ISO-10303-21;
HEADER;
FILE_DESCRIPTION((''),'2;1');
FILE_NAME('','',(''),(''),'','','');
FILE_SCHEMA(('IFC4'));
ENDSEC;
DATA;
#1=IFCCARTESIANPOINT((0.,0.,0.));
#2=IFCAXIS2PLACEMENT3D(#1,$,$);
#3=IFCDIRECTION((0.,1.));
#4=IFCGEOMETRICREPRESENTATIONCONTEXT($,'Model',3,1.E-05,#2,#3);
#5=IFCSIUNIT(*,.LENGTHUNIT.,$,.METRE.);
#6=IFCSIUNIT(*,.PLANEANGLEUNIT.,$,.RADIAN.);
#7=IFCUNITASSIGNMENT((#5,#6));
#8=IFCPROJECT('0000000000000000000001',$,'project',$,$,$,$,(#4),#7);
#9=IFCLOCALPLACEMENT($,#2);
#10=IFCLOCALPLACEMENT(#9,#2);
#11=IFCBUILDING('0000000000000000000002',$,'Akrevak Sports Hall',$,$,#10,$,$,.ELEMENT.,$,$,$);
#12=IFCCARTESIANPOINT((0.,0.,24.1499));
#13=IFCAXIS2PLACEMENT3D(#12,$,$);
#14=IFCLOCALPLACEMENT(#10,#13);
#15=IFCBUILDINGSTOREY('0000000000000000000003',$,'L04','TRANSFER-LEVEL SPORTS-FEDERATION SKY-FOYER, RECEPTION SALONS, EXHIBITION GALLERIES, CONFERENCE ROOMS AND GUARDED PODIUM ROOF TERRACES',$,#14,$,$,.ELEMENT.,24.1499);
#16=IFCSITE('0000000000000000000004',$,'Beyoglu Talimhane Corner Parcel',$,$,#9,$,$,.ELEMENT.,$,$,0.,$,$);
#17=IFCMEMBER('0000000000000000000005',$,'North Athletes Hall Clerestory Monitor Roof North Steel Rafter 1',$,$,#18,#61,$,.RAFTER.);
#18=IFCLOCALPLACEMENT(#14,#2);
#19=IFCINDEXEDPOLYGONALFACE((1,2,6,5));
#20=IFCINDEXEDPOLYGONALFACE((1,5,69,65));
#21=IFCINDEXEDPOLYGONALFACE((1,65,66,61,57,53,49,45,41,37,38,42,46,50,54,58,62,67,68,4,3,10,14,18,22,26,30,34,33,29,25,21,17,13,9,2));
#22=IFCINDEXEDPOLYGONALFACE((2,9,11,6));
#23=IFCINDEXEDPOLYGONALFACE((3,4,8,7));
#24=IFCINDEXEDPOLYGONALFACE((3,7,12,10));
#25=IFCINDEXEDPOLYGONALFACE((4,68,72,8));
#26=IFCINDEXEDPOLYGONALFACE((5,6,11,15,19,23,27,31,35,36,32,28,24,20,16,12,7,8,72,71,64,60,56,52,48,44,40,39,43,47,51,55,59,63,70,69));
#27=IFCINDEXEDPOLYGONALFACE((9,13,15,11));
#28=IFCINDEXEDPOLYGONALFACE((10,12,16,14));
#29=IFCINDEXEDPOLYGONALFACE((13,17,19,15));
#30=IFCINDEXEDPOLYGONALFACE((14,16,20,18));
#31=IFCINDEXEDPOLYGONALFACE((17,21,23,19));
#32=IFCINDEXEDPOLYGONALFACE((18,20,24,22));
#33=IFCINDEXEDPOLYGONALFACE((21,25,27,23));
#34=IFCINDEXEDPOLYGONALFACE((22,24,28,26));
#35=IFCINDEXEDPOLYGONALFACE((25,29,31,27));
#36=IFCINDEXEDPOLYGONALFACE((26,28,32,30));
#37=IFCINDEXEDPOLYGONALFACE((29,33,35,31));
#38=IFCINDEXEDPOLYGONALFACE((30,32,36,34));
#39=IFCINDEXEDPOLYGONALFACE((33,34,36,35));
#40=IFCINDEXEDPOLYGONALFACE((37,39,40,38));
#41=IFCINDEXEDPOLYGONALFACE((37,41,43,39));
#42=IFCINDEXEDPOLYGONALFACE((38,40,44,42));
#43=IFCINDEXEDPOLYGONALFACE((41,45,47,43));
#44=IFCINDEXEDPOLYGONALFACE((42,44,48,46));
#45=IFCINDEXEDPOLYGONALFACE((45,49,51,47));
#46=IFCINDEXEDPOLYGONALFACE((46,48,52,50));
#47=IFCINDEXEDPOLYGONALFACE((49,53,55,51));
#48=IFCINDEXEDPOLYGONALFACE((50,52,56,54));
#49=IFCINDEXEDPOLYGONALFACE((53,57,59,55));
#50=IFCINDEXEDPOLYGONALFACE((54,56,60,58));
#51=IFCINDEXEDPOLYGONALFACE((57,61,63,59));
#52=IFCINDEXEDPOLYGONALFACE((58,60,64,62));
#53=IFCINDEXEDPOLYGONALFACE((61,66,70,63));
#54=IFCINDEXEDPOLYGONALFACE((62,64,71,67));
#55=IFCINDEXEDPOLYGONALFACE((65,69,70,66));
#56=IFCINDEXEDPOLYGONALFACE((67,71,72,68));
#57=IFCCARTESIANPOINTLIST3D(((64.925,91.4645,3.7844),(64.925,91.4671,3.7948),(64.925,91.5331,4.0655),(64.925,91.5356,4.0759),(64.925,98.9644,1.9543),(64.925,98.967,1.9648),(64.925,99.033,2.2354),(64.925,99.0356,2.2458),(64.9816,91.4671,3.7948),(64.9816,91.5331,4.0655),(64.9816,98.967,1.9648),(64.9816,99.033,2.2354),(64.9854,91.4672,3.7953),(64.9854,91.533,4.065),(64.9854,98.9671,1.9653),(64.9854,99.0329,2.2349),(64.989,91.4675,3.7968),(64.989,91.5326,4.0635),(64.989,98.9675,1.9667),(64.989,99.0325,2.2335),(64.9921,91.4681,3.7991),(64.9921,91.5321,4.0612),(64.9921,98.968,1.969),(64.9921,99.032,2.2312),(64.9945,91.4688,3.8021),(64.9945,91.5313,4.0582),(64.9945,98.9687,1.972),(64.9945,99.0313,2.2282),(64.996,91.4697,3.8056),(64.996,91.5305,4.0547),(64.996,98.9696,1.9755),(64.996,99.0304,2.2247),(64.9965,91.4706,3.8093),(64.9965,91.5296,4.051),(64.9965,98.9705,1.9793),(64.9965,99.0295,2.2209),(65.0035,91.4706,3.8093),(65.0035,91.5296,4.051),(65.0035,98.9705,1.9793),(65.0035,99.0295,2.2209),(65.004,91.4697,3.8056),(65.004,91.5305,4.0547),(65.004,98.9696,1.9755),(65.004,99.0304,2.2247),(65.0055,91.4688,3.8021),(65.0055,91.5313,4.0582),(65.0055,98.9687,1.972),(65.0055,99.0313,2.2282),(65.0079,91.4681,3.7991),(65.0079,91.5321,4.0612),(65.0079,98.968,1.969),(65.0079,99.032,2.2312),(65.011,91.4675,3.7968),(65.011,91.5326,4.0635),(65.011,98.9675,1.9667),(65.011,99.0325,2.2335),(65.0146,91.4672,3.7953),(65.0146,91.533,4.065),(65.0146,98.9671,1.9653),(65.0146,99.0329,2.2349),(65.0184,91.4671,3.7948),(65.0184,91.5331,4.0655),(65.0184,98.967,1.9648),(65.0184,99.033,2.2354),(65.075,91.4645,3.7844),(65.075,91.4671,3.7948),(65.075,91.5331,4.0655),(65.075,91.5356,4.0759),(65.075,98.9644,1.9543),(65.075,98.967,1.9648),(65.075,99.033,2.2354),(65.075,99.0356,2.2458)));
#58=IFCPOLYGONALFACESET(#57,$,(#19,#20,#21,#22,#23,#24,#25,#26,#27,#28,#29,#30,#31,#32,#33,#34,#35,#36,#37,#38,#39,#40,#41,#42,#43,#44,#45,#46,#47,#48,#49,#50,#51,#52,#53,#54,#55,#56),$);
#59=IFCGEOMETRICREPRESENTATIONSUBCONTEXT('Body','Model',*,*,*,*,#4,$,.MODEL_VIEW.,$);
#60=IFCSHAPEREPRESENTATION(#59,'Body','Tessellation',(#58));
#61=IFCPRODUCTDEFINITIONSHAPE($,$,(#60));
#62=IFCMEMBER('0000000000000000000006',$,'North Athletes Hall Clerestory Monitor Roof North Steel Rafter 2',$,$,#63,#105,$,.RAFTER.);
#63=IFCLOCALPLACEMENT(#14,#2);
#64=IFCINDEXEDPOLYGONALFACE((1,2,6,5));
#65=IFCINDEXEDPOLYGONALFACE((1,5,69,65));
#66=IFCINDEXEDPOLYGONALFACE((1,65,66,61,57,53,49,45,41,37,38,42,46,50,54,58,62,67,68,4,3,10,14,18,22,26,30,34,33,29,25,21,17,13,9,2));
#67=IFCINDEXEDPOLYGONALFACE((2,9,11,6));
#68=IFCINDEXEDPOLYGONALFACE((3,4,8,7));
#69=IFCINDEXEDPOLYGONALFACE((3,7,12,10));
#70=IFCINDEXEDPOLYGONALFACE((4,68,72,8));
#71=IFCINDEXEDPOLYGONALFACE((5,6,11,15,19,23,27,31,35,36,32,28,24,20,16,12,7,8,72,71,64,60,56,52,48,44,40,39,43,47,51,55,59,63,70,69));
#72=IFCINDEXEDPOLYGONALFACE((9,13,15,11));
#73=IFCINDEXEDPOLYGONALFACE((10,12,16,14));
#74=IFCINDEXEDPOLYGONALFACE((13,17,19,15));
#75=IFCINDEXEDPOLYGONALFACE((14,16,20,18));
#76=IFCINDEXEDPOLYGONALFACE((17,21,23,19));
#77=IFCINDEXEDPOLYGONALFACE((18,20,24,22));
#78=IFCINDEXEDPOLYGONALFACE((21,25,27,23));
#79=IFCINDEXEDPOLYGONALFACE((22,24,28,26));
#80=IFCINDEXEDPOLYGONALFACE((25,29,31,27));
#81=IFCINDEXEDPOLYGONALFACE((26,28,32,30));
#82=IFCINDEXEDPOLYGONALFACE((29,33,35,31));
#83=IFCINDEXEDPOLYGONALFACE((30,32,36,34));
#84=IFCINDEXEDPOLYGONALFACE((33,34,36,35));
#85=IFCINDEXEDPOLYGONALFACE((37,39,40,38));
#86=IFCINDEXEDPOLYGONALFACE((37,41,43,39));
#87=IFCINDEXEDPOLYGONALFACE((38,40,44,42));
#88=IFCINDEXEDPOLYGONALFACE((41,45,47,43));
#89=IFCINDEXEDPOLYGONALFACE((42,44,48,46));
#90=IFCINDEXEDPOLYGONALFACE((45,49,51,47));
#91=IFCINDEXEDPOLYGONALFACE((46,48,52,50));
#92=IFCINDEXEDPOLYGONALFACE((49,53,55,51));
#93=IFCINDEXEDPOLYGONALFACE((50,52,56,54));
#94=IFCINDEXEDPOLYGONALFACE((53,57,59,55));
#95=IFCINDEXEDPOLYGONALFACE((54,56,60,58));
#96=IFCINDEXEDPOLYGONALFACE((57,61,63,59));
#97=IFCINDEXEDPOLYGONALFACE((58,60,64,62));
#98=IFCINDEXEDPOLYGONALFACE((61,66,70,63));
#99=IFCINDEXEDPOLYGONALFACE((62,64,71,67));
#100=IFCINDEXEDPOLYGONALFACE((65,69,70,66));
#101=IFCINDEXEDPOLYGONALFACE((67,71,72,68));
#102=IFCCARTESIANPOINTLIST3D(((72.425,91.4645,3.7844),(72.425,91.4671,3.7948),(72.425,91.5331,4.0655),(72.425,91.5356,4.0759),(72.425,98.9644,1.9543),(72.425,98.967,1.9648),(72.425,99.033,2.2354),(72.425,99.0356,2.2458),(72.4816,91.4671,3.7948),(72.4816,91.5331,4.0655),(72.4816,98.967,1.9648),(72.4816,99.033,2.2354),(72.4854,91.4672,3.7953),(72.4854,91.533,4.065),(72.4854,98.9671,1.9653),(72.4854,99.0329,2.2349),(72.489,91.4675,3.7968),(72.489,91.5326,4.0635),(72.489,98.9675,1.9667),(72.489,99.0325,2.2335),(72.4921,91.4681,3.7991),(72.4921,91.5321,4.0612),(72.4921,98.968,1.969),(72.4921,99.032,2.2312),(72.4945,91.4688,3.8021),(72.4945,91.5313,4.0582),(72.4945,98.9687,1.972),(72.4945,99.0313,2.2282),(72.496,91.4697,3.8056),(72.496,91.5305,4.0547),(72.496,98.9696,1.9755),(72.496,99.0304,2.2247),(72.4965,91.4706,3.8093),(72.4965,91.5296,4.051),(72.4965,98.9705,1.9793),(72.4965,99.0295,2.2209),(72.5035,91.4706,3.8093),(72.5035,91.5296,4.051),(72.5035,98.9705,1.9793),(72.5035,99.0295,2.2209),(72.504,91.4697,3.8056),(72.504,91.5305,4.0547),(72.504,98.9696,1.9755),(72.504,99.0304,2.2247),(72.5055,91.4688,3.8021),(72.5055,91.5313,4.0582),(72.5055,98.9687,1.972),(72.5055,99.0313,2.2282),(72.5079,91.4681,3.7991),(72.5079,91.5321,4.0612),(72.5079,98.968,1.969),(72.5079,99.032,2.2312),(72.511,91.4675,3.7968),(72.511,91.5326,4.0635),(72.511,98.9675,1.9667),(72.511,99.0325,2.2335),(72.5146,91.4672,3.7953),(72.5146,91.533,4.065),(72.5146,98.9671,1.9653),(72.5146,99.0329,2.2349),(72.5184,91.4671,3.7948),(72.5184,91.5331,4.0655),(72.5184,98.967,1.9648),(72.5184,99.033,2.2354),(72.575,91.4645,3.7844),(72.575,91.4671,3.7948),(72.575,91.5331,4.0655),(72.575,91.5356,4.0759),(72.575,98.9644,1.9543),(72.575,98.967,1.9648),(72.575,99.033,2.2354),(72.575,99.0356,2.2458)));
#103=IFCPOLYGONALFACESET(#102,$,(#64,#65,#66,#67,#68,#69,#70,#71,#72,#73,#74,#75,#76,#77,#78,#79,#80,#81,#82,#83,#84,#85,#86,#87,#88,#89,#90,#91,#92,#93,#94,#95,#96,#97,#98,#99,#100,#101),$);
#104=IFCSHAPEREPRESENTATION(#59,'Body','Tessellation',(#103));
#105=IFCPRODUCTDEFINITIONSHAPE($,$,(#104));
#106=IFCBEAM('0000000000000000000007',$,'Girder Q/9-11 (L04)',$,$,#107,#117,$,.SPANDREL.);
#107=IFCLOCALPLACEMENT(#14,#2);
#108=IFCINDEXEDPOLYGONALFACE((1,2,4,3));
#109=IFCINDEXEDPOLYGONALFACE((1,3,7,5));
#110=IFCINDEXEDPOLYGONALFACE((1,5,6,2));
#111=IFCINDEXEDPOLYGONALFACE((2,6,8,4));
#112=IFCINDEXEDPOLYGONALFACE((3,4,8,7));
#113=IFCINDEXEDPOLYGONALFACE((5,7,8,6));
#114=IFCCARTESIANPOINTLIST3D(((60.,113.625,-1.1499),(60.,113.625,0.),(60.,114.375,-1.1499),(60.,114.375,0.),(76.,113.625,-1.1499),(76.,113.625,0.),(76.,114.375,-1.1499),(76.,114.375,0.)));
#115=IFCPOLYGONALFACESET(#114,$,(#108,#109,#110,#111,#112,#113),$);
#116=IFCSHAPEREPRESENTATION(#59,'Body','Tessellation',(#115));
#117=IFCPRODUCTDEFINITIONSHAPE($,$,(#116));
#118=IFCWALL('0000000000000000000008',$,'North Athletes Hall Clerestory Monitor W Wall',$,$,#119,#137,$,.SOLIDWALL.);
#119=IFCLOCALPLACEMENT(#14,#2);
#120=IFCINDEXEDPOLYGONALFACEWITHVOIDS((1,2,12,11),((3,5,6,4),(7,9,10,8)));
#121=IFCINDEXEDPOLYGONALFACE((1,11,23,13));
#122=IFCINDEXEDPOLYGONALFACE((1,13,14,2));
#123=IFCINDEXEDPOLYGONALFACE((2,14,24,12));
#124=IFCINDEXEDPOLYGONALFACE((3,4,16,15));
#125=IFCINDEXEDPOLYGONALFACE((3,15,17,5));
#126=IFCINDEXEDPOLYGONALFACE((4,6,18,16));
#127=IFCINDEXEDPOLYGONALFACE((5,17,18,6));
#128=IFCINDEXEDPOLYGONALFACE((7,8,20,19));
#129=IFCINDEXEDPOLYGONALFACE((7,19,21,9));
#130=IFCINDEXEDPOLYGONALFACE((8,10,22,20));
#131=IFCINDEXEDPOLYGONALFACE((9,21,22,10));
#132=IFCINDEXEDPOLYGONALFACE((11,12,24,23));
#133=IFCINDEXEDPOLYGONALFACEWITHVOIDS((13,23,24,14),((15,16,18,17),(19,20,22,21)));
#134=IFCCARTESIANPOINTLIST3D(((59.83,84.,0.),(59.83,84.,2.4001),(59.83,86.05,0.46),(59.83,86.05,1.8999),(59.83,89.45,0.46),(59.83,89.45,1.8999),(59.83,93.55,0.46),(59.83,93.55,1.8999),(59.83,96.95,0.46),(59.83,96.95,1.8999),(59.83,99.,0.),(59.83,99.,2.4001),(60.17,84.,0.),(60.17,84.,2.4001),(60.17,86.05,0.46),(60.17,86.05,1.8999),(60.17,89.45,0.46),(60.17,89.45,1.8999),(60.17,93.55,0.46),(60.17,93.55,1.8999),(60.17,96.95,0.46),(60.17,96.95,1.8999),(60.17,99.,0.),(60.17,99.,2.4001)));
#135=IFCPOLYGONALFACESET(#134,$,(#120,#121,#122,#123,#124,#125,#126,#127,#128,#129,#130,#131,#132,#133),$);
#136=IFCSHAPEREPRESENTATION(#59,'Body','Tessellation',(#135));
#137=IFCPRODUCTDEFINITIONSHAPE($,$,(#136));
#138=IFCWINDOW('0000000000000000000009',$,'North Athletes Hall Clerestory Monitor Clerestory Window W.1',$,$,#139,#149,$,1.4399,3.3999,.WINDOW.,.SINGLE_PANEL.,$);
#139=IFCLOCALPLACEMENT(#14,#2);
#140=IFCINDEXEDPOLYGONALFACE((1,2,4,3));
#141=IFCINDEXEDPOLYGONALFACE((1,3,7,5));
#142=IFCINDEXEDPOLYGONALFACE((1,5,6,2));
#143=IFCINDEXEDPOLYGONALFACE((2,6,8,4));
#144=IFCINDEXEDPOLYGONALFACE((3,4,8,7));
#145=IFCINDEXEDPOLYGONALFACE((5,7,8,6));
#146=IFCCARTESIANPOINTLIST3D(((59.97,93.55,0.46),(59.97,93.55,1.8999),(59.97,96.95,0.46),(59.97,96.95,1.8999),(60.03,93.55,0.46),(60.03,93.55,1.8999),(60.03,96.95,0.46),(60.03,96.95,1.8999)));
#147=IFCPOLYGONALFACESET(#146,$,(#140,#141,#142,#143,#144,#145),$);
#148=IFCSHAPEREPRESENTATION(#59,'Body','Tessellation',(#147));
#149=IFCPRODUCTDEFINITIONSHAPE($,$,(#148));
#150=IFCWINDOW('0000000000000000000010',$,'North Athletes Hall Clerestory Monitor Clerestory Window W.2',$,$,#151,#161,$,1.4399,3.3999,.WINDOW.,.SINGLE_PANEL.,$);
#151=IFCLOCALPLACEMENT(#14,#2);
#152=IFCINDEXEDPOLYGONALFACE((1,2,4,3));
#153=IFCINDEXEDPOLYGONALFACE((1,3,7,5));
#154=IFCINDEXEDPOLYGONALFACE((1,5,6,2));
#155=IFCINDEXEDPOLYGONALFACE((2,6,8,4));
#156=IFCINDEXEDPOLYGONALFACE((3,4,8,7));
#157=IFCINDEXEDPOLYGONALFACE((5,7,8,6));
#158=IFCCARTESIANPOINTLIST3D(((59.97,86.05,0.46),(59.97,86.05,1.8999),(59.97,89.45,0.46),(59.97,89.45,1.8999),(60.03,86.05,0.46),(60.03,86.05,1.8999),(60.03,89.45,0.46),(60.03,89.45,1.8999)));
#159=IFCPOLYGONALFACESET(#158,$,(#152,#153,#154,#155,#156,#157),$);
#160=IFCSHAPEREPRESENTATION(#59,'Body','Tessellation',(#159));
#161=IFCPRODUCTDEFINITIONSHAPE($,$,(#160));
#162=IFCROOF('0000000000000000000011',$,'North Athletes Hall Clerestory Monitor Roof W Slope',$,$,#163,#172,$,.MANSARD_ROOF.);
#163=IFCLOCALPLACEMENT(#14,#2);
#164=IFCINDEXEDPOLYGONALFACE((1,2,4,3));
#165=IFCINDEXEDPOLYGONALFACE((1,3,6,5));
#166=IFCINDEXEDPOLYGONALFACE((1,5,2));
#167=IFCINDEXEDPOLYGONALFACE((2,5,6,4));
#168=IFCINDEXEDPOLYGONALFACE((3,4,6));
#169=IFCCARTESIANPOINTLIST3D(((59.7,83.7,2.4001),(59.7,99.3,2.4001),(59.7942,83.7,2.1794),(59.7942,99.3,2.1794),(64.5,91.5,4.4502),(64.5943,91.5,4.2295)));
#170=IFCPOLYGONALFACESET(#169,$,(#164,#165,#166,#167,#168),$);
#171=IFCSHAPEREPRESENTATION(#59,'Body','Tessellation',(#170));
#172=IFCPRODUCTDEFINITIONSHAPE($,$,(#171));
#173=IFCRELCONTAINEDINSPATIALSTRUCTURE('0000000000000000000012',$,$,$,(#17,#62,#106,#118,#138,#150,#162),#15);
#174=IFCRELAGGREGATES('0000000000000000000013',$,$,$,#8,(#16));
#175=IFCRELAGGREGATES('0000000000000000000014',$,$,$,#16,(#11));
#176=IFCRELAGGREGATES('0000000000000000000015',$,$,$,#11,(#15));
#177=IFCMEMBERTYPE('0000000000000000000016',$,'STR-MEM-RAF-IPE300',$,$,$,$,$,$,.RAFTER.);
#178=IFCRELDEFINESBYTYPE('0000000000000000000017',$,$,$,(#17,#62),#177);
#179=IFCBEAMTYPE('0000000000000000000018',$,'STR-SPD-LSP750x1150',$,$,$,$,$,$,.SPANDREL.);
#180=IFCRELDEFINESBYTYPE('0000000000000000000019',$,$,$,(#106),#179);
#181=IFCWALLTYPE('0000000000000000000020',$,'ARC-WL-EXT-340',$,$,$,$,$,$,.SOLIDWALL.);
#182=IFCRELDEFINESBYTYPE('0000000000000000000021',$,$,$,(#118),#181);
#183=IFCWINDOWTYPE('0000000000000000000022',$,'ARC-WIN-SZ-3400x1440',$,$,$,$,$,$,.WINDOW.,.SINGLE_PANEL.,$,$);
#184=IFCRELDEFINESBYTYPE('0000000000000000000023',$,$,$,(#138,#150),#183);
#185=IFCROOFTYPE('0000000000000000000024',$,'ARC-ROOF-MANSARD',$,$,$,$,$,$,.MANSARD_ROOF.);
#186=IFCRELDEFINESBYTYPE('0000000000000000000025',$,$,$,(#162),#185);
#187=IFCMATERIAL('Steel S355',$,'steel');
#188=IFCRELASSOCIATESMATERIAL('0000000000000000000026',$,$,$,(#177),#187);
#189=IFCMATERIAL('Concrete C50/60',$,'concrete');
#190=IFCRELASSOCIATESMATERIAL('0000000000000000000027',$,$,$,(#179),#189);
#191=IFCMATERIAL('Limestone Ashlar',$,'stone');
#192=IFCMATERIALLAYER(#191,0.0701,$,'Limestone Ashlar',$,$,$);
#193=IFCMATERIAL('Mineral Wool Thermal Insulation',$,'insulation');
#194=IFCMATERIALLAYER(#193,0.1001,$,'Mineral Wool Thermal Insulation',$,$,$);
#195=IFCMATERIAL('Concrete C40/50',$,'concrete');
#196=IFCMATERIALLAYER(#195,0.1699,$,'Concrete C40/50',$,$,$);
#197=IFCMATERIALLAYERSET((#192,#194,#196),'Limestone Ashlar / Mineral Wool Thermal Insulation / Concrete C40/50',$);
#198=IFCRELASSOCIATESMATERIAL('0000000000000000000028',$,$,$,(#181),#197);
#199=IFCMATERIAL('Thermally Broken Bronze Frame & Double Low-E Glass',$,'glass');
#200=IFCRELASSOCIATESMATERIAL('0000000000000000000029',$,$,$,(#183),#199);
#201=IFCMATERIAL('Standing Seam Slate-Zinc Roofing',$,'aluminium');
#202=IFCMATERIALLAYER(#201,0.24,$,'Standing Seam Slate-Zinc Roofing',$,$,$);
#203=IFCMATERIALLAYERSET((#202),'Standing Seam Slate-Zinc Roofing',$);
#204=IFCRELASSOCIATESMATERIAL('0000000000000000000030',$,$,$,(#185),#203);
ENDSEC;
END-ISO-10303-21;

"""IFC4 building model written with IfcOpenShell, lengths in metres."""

from ifc_helpers import new_model, si_unit, direction, frame, frame_2d, origin, origin_2d, place, context, subcontext, project, spatial, polyline, rectangle, i_section, outline, extrude, material, layer, layer_set, material_profile, profile_set, type_object, element, fill, save


model = new_model("IFC4")

# Units and contexts
model_context = context("Model", 3, precision=1e-05, world=origin(), true_north=direction((0.0, 1.0)))
body_context = subcontext(model_context, "Body", "Model", "MODEL_VIEW")
ifc_project = project(units=[si_unit("LENGTHUNIT", "METRE"), si_unit("PLANEANGLEUNIT", "RADIAN")], contexts=[model_context])

# Site, building, storey
site_placement = place(None, origin())
site = spatial("IfcSite", under=ifc_project, at=site_placement, Name="Beyoglu Talimhane Corner Parcel", CompositionType="ELEMENT", RefElevation=0.0)
building_placement = place(site_placement, origin())
building = spatial("IfcBuilding", under=site, at=building_placement, Name="Akrevak Sports Hall", CompositionType="ELEMENT")
storey_placement = place(building_placement, frame((0.0, 0.0, 24.1499)))
storey = spatial("IfcBuildingStorey", under=building, at=storey_placement, Name="L04", Description="TRANSFER-LEVEL SPORTS-FEDERATION SKY-FOYER, RECEPTION SALONS, EXHIBITION GALLERIES, CONFERENCE ROOMS AND GUARDED PODIUM ROOF TERRACES", CompositionType="ELEMENT", Elevation=24.1499)

# Shared definitions
ifc_material_1 = material(Name="Concrete C50/60", Category="concrete")

# Members
ifc_material_2 = material(Name="Steel S355", Category="steel")
ifc_material_profile_1 = material_profile(ifc_material_2, i_section(OverallWidth=0.1499, OverallDepth=0.3, WebThickness=0.0071, FlangeThickness=0.0107, FilletRadius=0.0149, at=origin_2d()), Name="IPE 300", Category="steel")
ifc_profile_set_1 = profile_set([ifc_material_profile_1], Name="Steel S355")
member_type_1 = type_object("IfcMemberType", Name="STR-MEM-RAF-IPE300", PredefinedType="RAFTER", material=ifc_profile_set_1)
for number, where, z_axis, x_axis, name in (
    (1, (65.0, 99.0, 2.1001), (0.0, -0.971496, 0.237055), (1.0, 0.0, 0.0), "North Athletes Hall Clerestory Monitor Roof North Steel Rafter 1"),
    (2, (72.5, 99.0, 2.1001), (0.0, -0.971496, 0.237055), (1.0, 0.0, 0.0), "North Athletes Hall Clerestory Monitor Roof North Steel Rafter 2"),
):
    element("IfcMember", number, at=place(storey_placement, frame(where, z_axis=z_axis, x_axis=x_axis)), inside=storey, type_object=member_type_1, Name=name, PredefinedType="RAFTER", context=body_context, shape_type="SweptSolid", body=[
        extrude(i_section(OverallWidth=0.1499, OverallDepth=0.3, WebThickness=0.0071, FlangeThickness=0.0107, FilletRadius=0.0149, at=origin_2d()), origin(), (0.0, 0.0, 1.0), 7.72),
    ])

# Beam
ifc_material_profile_2 = material_profile(ifc_material_1, rectangle(XDim=0.75, YDim=1.1499, at=origin_2d()), Name="SPD 750x1150", Category="concrete")
ifc_profile_set_2 = profile_set([ifc_material_profile_2], Name="Concrete C50/60")
beam_type_1 = type_object("IfcBeamType", Name="STR-SPD-LSP750x1150", PredefinedType="SPANDREL", material=ifc_profile_set_2)
beam_1_placement = place(storey_placement, frame((60.0, 114.0, -0.575), z_axis=(1.0, 0.0, 0.0), x_axis=(0.0, 1.0, 0.0)))
element("IfcBeam", 3, at=beam_1_placement, inside=storey, type_object=beam_type_1, Name="Girder Q/9-11 (L04)", PredefinedType="SPANDREL", context=body_context, shape_type="SweptSolid", body=[
    extrude(rectangle(XDim=0.75, YDim=1.1499, at=origin_2d()), origin(), (0.0, 0.0, 1.0), 16.0),
])

# Wall, openings, windows
ifc_material_3 = material(Name="Limestone Ashlar", Category="stone")
ifc_layer_1 = layer(ifc_material_3, 0.0701, Name="Limestone Ashlar")
ifc_material_4 = material(Name="Mineral Wool Thermal Insulation", Category="insulation")
ifc_layer_2 = layer(ifc_material_4, 0.1001, Name="Mineral Wool Thermal Insulation")
ifc_material_5 = material(Name="Concrete C40/50", Category="concrete")
ifc_layer_3 = layer(ifc_material_5, 0.1699, Name="Concrete C40/50")
ifc_layer_set_1 = layer_set([ifc_layer_1, ifc_layer_2, ifc_layer_3], Name="Limestone Ashlar / Mineral Wool Thermal Insulation / Concrete C40/50")
wall_type = type_object("IfcWallType", Name="ARC-WL-EXT-340", PredefinedType="SOLIDWALL", material=ifc_layer_set_1)
wall_placement = place(storey_placement, frame((60.0, 99.0, 0.0), z_axis=(0.0, 0.0, 1.0), x_axis=(0.0, -1.0, 0.0)))
wall = element("IfcWall", 4, at=wall_placement, inside=storey, type_object=wall_type, Name="North Athletes Hall Clerestory Monitor W Wall", PredefinedType="SOLIDWALL", context=body_context, shape_type="SweptSolid", body=[
    extrude(rectangle(XDim=15.0, YDim=0.3401, at=frame_2d((7.5, 0.0))), origin(), (0.0, 0.0, 1.0), 2.4001),
])
opening_1_placement = place(wall_placement, frame((2.05, 0.0, 0.46)))
opening_1 = element("IfcOpeningElement", 5, at=opening_1_placement, cuts=wall, PredefinedType="OPENING", context=body_context, shape_type="SweptSolid", body=[
    extrude(rectangle(XDim=3.3999, YDim=1.4399, at=frame_2d((1.7, 0.72))), frame((0.0, 0.1821, 0.0), z_axis=(0.0, -1.0, 0.0), x_axis=(1.0, 0.0, 0.0)), (0.0, 0.0, 1.0), 0.364),
])
opening_2_placement = place(wall_placement, frame((9.55, 0.0, 0.46)))
opening_2 = element("IfcOpeningElement", 6, at=opening_2_placement, cuts=wall, PredefinedType="OPENING", context=body_context, shape_type="SweptSolid", body=[
    extrude(rectangle(XDim=3.3999, YDim=1.4399, at=frame_2d((1.7, 0.72))), frame((0.0, 0.1821, 0.0), z_axis=(0.0, -1.0, 0.0), x_axis=(1.0, 0.0, 0.0)), (0.0, 0.0, 1.0), 0.364),
])
ifc_material_6 = material(Name="Thermally Broken Bronze Frame & Double Low-E Glass", Category="glass")
window_type = type_object("IfcWindowType", Name="ARC-WIN-SZ-3400x1440", PartitioningType="SINGLE_PANEL", PredefinedType="WINDOW", material=ifc_material_6)
window_1_placement = place(opening_1_placement, origin())
window_1 = element("IfcWindow", 7, at=window_1_placement, inside=storey, type_object=window_type, Name="North Athletes Hall Clerestory Monitor Clerestory Window W.1", OverallHeight=1.4399, OverallWidth=3.3999, PartitioningType="SINGLE_PANEL", PredefinedType="WINDOW", context=body_context, shape_type="SweptSolid", body=[
    extrude(rectangle(XDim=3.3999, YDim=1.4399, at=frame_2d((1.7, 0.72))), frame((0.0, 0.03, 0.0), z_axis=(0.0, -1.0, 0.0), x_axis=(1.0, 0.0, 0.0)), (0.0, 0.0, 1.0), 0.0601),
])
fill(opening_1, window_1)
window_2_placement = place(opening_2_placement, origin())
window_2 = element("IfcWindow", 8, at=window_2_placement, inside=storey, type_object=window_type, Name="North Athletes Hall Clerestory Monitor Clerestory Window W.2", OverallHeight=1.4399, OverallWidth=3.3999, PartitioningType="SINGLE_PANEL", PredefinedType="WINDOW", context=body_context, shape_type="SweptSolid", body=[
    extrude(rectangle(XDim=3.3999, YDim=1.4399, at=frame_2d((1.7, 0.72))), frame((0.0, 0.03, 0.0), z_axis=(0.0, -1.0, 0.0), x_axis=(1.0, 0.0, 0.0)), (0.0, 0.0, 1.0), 0.0601),
])
fill(opening_2, window_2)

# Roof
ifc_material_7 = material(Name="Standing Seam Slate-Zinc Roofing", Category="aluminium")
ifc_layer_4 = layer(ifc_material_7, 0.24, Name="Standing Seam Slate-Zinc Roofing")
ifc_layer_set_2 = layer_set([ifc_layer_4], Name="Standing Seam Slate-Zinc Roofing")
roof_type = type_object("IfcRoofType", Name="ARC-ROOF-MANSARD", PredefinedType="MANSARD_ROOF", material=ifc_layer_set_2)
roof_placement = place(storey_placement, frame((59.7, 99.3, 2.4001), z_axis=(-0.392767, 0.0, 0.919638), x_axis=(0.0, -1.0, 0.0)))
element("IfcRoof", 9, at=roof_placement, inside=storey, type_object=roof_type, Name="North Athletes Hall Clerestory Monitor Roof W Slope", PredefinedType="MANSARD_ROOF", context=body_context, shape_type="SweptSolid", body=[
    extrude(outline(polyline([(0.0, 0.0), (15.6001, 0.0), (7.8, 5.2195), (0.0, 0.0)])), origin(), (0.0, 0.0, -1.0), 0.24),
])

save(model, "model.ifc")
